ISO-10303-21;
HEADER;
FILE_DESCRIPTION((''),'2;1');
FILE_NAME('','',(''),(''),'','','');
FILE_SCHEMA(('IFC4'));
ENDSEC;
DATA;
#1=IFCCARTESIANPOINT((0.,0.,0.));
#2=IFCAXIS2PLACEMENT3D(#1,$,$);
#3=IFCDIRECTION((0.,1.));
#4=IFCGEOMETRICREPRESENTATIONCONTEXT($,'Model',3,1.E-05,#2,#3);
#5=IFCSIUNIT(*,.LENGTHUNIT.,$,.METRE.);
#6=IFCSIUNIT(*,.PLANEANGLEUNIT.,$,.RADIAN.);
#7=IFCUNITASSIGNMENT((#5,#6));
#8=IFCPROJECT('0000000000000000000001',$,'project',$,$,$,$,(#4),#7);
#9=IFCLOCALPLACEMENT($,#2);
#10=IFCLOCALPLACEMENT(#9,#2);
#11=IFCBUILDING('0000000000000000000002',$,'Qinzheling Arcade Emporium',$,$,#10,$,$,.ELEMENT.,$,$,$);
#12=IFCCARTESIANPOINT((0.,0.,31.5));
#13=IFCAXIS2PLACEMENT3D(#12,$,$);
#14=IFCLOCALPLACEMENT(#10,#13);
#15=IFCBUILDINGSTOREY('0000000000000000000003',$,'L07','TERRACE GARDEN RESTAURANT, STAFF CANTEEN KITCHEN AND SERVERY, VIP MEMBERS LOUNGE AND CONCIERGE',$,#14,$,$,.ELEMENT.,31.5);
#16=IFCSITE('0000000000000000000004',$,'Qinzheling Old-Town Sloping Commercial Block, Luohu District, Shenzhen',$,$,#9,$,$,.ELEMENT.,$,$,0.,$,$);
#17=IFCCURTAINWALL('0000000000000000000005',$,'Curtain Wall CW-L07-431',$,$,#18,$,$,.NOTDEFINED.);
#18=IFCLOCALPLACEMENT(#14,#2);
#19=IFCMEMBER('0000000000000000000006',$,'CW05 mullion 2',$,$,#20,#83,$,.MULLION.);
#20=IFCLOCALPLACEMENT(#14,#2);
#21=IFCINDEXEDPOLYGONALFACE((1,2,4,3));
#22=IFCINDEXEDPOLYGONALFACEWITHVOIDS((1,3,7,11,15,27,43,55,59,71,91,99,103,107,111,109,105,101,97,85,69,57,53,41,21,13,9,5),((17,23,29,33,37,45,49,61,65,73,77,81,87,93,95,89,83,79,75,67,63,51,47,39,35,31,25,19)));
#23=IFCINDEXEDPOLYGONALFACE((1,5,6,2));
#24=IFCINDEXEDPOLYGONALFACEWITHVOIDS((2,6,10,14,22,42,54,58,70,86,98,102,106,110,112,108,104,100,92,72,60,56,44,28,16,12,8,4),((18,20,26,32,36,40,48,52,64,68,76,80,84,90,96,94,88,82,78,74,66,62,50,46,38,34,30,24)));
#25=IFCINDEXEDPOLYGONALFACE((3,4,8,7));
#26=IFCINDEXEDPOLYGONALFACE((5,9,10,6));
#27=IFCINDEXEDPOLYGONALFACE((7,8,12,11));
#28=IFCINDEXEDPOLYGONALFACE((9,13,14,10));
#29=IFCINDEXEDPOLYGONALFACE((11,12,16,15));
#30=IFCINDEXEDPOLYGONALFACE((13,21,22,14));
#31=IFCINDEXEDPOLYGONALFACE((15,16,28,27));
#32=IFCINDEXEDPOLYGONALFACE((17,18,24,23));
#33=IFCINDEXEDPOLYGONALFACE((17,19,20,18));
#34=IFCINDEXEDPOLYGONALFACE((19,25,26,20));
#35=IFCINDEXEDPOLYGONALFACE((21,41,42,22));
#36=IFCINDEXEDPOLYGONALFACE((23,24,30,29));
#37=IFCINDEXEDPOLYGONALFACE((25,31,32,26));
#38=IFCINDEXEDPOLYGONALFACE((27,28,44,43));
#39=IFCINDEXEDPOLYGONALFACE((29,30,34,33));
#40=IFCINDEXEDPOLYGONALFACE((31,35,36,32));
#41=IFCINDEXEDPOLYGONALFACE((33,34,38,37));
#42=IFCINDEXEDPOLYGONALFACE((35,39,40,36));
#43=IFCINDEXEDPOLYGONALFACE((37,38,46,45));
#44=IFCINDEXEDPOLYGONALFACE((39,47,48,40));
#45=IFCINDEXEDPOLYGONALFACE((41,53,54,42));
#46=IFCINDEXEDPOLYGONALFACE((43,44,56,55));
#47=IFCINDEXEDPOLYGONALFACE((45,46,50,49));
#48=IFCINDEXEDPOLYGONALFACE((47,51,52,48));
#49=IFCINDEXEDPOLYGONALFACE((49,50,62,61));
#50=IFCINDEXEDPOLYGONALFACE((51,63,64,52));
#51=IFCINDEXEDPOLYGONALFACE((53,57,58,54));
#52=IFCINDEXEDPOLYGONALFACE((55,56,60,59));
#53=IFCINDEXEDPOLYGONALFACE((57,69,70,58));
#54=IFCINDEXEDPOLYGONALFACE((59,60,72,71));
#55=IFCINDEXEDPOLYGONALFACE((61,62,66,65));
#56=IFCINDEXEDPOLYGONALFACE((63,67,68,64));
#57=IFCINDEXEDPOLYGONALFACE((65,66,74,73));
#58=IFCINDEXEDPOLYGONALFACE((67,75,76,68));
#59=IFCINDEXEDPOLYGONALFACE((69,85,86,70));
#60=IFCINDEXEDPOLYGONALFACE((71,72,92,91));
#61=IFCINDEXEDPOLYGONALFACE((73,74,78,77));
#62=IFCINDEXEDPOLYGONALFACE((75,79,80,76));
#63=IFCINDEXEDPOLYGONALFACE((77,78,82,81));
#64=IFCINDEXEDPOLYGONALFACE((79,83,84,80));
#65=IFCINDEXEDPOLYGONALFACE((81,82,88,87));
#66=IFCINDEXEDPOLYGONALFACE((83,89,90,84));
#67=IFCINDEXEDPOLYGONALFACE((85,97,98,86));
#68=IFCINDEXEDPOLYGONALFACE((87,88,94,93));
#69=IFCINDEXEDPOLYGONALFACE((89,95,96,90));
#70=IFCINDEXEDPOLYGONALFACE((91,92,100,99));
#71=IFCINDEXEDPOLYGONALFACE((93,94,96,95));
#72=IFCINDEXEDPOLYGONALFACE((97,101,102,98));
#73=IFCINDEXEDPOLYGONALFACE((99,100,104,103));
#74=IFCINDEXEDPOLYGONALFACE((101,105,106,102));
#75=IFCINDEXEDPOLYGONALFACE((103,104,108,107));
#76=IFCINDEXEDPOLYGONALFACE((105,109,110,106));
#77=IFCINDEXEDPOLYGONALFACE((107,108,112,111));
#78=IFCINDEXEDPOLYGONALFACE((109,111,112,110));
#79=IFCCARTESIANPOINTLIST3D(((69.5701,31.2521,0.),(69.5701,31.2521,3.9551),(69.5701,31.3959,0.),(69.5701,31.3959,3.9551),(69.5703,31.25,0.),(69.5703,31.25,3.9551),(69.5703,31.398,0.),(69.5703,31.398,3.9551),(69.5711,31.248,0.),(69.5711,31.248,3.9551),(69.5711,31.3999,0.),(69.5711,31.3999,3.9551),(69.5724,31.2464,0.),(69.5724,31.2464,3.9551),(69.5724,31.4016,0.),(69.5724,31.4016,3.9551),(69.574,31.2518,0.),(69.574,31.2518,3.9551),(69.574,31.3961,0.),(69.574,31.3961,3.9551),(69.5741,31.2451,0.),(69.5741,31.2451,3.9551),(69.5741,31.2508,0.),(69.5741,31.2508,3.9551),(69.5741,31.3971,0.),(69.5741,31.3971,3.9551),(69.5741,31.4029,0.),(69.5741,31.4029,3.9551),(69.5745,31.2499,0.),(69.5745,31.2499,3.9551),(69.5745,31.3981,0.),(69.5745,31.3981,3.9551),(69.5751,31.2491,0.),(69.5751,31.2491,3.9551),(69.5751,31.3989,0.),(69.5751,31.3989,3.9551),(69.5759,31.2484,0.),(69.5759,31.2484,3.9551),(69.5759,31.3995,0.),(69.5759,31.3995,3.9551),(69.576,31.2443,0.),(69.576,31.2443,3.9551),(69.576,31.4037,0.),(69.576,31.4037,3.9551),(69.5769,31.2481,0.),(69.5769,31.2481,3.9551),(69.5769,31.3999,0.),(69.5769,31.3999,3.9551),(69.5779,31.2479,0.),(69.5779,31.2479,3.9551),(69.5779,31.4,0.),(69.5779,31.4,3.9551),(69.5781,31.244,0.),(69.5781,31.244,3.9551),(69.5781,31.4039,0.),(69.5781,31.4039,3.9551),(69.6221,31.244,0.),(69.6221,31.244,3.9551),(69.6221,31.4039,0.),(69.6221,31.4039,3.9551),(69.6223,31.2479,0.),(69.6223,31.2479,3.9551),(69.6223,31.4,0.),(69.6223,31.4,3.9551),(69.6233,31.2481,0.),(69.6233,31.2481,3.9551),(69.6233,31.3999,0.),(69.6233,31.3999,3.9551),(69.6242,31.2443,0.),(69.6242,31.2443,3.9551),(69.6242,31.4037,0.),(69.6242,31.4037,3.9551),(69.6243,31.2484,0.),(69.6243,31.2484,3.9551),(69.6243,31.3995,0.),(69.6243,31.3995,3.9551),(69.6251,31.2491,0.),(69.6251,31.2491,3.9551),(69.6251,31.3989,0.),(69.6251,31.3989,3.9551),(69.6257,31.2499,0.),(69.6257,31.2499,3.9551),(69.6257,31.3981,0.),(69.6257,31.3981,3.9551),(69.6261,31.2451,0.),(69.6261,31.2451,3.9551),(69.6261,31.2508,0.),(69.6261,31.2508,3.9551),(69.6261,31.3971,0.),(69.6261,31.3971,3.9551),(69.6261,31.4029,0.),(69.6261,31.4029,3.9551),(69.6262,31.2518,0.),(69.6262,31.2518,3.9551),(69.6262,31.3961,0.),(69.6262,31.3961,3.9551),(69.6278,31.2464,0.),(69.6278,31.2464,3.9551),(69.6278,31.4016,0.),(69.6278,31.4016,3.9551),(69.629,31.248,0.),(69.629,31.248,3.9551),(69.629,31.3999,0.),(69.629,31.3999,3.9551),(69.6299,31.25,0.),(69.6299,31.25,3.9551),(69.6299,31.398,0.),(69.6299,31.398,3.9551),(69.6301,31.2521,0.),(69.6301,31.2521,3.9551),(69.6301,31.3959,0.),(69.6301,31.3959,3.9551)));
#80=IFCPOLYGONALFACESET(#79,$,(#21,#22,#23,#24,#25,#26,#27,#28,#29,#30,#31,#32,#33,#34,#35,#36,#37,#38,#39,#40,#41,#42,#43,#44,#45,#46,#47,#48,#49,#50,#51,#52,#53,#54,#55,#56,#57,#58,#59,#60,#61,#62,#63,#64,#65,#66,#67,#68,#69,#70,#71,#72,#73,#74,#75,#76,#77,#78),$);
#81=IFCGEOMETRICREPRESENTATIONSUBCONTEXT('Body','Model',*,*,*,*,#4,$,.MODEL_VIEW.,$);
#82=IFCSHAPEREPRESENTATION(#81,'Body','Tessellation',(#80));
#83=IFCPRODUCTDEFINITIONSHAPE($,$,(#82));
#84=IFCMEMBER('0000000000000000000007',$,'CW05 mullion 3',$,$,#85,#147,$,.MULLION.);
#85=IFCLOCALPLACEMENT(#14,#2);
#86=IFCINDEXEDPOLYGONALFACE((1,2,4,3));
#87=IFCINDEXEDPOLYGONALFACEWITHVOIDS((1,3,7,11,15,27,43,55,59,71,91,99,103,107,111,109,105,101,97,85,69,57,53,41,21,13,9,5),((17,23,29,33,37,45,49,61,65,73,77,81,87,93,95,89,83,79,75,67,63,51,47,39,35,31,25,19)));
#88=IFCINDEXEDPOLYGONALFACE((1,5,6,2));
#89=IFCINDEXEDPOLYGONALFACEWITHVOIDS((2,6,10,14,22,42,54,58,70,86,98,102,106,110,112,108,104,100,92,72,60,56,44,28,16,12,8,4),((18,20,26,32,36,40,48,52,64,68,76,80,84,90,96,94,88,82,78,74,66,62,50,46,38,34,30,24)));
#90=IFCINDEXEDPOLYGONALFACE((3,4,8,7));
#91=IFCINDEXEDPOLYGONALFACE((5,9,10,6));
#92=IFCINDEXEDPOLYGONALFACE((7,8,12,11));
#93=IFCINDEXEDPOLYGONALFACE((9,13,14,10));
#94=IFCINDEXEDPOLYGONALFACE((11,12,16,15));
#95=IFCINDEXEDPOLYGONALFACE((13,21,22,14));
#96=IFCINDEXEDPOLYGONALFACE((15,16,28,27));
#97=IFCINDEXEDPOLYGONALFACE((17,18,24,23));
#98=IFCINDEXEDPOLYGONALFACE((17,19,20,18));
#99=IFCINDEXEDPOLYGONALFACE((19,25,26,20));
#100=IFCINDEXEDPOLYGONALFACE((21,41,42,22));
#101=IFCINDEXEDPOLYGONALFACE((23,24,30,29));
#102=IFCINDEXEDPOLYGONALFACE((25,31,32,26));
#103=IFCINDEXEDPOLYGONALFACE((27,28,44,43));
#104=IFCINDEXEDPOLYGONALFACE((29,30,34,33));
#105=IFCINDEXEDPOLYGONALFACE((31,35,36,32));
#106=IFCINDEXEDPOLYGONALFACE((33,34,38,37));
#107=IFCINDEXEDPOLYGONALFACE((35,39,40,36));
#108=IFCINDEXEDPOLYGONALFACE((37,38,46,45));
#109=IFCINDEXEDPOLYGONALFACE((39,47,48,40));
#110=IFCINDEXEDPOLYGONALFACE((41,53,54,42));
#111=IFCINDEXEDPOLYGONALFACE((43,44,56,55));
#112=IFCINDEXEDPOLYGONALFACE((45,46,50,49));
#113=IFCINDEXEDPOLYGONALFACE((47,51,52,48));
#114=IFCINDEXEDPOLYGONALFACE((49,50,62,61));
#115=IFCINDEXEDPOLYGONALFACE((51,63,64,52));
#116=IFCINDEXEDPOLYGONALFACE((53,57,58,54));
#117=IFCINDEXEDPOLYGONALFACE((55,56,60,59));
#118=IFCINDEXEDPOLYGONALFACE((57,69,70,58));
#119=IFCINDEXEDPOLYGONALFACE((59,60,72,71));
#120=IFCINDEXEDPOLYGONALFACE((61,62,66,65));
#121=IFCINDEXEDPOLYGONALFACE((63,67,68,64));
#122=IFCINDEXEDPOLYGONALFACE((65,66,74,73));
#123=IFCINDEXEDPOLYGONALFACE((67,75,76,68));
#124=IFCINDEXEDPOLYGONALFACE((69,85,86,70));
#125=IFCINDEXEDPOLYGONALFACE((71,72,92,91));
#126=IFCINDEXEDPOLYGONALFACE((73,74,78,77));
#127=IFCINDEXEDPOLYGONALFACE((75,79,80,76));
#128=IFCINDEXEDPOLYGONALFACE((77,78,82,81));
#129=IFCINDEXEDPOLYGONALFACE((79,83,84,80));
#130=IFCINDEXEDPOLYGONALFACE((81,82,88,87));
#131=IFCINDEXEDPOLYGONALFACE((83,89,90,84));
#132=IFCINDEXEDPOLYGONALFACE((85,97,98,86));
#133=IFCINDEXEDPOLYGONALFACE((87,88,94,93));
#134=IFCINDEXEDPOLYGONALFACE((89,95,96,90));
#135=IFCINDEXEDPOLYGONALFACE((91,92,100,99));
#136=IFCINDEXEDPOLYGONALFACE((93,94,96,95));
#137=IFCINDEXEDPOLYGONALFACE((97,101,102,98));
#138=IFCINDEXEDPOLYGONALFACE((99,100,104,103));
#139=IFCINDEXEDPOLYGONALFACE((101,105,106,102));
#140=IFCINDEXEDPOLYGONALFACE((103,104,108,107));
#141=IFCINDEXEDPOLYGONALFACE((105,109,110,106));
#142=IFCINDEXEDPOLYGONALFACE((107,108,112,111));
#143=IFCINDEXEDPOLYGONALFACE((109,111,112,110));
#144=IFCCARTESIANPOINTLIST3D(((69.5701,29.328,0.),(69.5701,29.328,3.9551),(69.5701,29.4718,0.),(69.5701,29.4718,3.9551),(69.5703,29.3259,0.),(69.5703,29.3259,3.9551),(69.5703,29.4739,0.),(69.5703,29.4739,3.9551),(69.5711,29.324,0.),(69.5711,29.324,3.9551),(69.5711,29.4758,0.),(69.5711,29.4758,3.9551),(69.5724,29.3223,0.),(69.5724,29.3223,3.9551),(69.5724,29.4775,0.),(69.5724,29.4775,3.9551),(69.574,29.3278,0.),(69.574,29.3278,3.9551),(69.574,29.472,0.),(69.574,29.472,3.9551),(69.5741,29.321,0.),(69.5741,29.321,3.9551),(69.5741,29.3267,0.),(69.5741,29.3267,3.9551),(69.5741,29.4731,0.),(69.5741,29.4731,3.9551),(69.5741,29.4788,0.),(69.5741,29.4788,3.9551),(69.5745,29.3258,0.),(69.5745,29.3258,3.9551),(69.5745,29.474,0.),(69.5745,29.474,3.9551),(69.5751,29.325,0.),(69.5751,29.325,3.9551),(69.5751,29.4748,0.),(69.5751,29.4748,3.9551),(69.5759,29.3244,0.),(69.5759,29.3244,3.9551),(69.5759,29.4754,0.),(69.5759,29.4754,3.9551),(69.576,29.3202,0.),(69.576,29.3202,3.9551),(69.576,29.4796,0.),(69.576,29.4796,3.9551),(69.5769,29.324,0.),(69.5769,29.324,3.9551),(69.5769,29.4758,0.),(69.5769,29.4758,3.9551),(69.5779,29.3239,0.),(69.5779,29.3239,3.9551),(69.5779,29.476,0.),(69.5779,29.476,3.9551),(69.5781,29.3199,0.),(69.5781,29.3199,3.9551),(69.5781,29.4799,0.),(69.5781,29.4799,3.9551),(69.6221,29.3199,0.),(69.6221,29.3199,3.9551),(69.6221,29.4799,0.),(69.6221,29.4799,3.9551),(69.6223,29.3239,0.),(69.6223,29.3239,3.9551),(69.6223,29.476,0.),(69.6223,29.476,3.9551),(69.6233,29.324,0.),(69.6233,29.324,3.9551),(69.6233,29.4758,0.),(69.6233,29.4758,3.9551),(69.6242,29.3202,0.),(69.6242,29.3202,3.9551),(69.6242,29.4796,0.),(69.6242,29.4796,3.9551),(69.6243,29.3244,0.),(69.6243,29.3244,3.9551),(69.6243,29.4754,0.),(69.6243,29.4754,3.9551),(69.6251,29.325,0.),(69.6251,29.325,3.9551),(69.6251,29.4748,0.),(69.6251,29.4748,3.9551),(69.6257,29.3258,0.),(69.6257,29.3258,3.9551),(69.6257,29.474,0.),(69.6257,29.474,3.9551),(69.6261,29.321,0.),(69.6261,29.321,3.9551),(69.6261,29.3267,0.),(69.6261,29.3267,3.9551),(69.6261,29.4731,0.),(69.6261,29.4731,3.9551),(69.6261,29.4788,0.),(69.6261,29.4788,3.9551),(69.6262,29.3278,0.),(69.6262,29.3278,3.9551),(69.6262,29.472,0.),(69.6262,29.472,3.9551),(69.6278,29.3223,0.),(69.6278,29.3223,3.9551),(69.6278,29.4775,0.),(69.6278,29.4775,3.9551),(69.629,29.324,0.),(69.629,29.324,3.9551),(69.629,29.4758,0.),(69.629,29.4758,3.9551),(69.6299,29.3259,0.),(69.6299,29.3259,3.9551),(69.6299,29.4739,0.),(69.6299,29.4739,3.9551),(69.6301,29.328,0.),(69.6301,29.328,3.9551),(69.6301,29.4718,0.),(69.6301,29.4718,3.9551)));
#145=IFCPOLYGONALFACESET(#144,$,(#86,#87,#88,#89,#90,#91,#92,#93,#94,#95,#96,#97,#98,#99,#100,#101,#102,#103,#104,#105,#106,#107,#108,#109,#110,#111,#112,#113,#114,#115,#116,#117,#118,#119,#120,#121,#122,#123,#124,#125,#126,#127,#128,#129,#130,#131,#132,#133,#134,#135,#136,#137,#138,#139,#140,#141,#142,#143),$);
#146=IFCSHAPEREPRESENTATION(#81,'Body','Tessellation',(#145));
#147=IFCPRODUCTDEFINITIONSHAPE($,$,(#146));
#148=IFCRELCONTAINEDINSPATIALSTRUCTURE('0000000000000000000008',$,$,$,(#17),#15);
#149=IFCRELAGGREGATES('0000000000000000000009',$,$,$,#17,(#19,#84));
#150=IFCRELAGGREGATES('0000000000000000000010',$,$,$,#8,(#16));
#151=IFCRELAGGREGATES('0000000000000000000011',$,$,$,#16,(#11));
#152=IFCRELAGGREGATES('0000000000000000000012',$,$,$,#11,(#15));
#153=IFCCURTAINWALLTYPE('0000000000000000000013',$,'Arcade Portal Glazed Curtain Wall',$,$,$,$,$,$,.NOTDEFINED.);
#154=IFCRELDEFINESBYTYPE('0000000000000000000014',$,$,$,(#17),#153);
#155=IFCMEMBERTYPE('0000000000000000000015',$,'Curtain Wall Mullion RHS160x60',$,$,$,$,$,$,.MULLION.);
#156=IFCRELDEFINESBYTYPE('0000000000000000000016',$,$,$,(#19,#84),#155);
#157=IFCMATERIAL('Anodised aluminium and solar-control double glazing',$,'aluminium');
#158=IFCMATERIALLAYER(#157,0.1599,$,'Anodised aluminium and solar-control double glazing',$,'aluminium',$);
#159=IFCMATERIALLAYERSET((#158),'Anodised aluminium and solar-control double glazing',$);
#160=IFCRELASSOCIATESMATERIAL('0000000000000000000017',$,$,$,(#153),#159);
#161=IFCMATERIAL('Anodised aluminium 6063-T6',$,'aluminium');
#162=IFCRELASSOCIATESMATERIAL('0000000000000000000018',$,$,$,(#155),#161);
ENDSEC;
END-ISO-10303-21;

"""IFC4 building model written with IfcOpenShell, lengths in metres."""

from ifc_helpers import new_model, si_unit, direction, frame, origin, origin_2d, place, context, subcontext, project, spatial, hollow_rectangle, extrude, material, layer, layer_set, material_profile, profile_set, type_object, element, aggregate, save


model = new_model("IFC4")

# Units and contexts
model_context = context("Model", 3, precision=1e-05, world=origin(), true_north=direction((0.0, 1.0)))
body_context = subcontext(model_context, "Body", "Model", "MODEL_VIEW")
ifc_project = project(units=[si_unit("LENGTHUNIT", "METRE"), si_unit("PLANEANGLEUNIT", "RADIAN")], contexts=[model_context])

# Site, building, storey
site_placement = place(None, origin())
site = spatial("IfcSite", under=ifc_project, at=site_placement, Name="Qinzheling Old-Town Sloping Commercial Block, Luohu District, Shenzhen", CompositionType="ELEMENT", RefElevation=0.0)
building_placement = place(site_placement, origin())
building = spatial("IfcBuilding", under=site, at=building_placement, Name="Qinzheling Arcade Emporium", CompositionType="ELEMENT")
storey_placement = place(building_placement, frame((0.0, 0.0, 31.5)))
storey = spatial("IfcBuildingStorey", under=building, at=storey_placement, Name="L07", Description="TERRACE GARDEN RESTAURANT, STAFF CANTEEN KITCHEN AND SERVERY, VIP MEMBERS LOUNGE AND CONCIERGE", CompositionType="ELEMENT", Elevation=31.5)

# Curtain wall, members
ifc_material_1 = material(Name="Anodised aluminium and solar-control double glazing", Category="aluminium")
ifc_layer_1 = layer(ifc_material_1, 0.1599, Name="Anodised aluminium and solar-control double glazing", Category="aluminium")
ifc_layer_set_1 = layer_set([ifc_layer_1], Name="Anodised aluminium and solar-control double glazing")
curtain_wall_type = type_object("IfcCurtainWallType", Name="Arcade Portal Glazed Curtain Wall", PredefinedType="NOTDEFINED", material=ifc_layer_set_1)
curtain_wall_placement = place(storey_placement, origin())
curtain_wall = element("IfcCurtainWall", 1, at=curtain_wall_placement, inside=storey, type_object=curtain_wall_type, Name="Curtain Wall CW-L07-431", PredefinedType="NOTDEFINED")
ifc_material_2 = material(Name="Anodised aluminium 6063-T6", Category="aluminium")
ifc_material_profile_1 = material_profile(ifc_material_2, hollow_rectangle(XDim=0.0601, YDim=0.1599, WallThickness=0.0039, InnerFilletRadius=0.0039, OuterFilletRadius=0.0081, at=origin_2d()), Name="RHS 160x60x4", Category="aluminium")
ifc_profile_set_1 = profile_set([ifc_material_profile_1], Name="Anodised aluminium 6063-T6")
member_type_1 = type_object("IfcMemberType", Name="Curtain Wall Mullion RHS160x60", PredefinedType="MULLION", material=ifc_profile_set_1)
member_1_placement = place(storey_placement, frame((69.6001, 31.324, 0.0), z_axis=(0.0, 0.0, 1.0), x_axis=(1.0, 0.0, 0.0)))
member_1 = element("IfcMember", 2, at=member_1_placement, type_object=member_type_1, Name="CW05 mullion 2", PredefinedType="MULLION", context=body_context, shape_type="SweptSolid", body=[
    extrude(hollow_rectangle(XDim=0.0601, YDim=0.1599, WallThickness=0.0039, InnerFilletRadius=0.0039, OuterFilletRadius=0.0081, at=origin_2d()), origin(), (0.0, 0.0, 1.0), 3.9551),
])
member_2_placement = place(storey_placement, frame((69.6001, 29.3999, 0.0), z_axis=(0.0, 0.0, 1.0), x_axis=(1.0, 0.0, 0.0)))
member_2 = element("IfcMember", 3, at=member_2_placement, type_object=member_type_1, Name="CW05 mullion 3", PredefinedType="MULLION", context=body_context, shape_type="SweptSolid", body=[
    extrude(hollow_rectangle(XDim=0.0601, YDim=0.1599, WallThickness=0.0039, InnerFilletRadius=0.0039, OuterFilletRadius=0.0081, at=origin_2d()), origin(), (0.0, 0.0, 1.0), 3.9551),
])
aggregate(curtain_wall, [member_1, member_2])

save(model, "model.ifc")
